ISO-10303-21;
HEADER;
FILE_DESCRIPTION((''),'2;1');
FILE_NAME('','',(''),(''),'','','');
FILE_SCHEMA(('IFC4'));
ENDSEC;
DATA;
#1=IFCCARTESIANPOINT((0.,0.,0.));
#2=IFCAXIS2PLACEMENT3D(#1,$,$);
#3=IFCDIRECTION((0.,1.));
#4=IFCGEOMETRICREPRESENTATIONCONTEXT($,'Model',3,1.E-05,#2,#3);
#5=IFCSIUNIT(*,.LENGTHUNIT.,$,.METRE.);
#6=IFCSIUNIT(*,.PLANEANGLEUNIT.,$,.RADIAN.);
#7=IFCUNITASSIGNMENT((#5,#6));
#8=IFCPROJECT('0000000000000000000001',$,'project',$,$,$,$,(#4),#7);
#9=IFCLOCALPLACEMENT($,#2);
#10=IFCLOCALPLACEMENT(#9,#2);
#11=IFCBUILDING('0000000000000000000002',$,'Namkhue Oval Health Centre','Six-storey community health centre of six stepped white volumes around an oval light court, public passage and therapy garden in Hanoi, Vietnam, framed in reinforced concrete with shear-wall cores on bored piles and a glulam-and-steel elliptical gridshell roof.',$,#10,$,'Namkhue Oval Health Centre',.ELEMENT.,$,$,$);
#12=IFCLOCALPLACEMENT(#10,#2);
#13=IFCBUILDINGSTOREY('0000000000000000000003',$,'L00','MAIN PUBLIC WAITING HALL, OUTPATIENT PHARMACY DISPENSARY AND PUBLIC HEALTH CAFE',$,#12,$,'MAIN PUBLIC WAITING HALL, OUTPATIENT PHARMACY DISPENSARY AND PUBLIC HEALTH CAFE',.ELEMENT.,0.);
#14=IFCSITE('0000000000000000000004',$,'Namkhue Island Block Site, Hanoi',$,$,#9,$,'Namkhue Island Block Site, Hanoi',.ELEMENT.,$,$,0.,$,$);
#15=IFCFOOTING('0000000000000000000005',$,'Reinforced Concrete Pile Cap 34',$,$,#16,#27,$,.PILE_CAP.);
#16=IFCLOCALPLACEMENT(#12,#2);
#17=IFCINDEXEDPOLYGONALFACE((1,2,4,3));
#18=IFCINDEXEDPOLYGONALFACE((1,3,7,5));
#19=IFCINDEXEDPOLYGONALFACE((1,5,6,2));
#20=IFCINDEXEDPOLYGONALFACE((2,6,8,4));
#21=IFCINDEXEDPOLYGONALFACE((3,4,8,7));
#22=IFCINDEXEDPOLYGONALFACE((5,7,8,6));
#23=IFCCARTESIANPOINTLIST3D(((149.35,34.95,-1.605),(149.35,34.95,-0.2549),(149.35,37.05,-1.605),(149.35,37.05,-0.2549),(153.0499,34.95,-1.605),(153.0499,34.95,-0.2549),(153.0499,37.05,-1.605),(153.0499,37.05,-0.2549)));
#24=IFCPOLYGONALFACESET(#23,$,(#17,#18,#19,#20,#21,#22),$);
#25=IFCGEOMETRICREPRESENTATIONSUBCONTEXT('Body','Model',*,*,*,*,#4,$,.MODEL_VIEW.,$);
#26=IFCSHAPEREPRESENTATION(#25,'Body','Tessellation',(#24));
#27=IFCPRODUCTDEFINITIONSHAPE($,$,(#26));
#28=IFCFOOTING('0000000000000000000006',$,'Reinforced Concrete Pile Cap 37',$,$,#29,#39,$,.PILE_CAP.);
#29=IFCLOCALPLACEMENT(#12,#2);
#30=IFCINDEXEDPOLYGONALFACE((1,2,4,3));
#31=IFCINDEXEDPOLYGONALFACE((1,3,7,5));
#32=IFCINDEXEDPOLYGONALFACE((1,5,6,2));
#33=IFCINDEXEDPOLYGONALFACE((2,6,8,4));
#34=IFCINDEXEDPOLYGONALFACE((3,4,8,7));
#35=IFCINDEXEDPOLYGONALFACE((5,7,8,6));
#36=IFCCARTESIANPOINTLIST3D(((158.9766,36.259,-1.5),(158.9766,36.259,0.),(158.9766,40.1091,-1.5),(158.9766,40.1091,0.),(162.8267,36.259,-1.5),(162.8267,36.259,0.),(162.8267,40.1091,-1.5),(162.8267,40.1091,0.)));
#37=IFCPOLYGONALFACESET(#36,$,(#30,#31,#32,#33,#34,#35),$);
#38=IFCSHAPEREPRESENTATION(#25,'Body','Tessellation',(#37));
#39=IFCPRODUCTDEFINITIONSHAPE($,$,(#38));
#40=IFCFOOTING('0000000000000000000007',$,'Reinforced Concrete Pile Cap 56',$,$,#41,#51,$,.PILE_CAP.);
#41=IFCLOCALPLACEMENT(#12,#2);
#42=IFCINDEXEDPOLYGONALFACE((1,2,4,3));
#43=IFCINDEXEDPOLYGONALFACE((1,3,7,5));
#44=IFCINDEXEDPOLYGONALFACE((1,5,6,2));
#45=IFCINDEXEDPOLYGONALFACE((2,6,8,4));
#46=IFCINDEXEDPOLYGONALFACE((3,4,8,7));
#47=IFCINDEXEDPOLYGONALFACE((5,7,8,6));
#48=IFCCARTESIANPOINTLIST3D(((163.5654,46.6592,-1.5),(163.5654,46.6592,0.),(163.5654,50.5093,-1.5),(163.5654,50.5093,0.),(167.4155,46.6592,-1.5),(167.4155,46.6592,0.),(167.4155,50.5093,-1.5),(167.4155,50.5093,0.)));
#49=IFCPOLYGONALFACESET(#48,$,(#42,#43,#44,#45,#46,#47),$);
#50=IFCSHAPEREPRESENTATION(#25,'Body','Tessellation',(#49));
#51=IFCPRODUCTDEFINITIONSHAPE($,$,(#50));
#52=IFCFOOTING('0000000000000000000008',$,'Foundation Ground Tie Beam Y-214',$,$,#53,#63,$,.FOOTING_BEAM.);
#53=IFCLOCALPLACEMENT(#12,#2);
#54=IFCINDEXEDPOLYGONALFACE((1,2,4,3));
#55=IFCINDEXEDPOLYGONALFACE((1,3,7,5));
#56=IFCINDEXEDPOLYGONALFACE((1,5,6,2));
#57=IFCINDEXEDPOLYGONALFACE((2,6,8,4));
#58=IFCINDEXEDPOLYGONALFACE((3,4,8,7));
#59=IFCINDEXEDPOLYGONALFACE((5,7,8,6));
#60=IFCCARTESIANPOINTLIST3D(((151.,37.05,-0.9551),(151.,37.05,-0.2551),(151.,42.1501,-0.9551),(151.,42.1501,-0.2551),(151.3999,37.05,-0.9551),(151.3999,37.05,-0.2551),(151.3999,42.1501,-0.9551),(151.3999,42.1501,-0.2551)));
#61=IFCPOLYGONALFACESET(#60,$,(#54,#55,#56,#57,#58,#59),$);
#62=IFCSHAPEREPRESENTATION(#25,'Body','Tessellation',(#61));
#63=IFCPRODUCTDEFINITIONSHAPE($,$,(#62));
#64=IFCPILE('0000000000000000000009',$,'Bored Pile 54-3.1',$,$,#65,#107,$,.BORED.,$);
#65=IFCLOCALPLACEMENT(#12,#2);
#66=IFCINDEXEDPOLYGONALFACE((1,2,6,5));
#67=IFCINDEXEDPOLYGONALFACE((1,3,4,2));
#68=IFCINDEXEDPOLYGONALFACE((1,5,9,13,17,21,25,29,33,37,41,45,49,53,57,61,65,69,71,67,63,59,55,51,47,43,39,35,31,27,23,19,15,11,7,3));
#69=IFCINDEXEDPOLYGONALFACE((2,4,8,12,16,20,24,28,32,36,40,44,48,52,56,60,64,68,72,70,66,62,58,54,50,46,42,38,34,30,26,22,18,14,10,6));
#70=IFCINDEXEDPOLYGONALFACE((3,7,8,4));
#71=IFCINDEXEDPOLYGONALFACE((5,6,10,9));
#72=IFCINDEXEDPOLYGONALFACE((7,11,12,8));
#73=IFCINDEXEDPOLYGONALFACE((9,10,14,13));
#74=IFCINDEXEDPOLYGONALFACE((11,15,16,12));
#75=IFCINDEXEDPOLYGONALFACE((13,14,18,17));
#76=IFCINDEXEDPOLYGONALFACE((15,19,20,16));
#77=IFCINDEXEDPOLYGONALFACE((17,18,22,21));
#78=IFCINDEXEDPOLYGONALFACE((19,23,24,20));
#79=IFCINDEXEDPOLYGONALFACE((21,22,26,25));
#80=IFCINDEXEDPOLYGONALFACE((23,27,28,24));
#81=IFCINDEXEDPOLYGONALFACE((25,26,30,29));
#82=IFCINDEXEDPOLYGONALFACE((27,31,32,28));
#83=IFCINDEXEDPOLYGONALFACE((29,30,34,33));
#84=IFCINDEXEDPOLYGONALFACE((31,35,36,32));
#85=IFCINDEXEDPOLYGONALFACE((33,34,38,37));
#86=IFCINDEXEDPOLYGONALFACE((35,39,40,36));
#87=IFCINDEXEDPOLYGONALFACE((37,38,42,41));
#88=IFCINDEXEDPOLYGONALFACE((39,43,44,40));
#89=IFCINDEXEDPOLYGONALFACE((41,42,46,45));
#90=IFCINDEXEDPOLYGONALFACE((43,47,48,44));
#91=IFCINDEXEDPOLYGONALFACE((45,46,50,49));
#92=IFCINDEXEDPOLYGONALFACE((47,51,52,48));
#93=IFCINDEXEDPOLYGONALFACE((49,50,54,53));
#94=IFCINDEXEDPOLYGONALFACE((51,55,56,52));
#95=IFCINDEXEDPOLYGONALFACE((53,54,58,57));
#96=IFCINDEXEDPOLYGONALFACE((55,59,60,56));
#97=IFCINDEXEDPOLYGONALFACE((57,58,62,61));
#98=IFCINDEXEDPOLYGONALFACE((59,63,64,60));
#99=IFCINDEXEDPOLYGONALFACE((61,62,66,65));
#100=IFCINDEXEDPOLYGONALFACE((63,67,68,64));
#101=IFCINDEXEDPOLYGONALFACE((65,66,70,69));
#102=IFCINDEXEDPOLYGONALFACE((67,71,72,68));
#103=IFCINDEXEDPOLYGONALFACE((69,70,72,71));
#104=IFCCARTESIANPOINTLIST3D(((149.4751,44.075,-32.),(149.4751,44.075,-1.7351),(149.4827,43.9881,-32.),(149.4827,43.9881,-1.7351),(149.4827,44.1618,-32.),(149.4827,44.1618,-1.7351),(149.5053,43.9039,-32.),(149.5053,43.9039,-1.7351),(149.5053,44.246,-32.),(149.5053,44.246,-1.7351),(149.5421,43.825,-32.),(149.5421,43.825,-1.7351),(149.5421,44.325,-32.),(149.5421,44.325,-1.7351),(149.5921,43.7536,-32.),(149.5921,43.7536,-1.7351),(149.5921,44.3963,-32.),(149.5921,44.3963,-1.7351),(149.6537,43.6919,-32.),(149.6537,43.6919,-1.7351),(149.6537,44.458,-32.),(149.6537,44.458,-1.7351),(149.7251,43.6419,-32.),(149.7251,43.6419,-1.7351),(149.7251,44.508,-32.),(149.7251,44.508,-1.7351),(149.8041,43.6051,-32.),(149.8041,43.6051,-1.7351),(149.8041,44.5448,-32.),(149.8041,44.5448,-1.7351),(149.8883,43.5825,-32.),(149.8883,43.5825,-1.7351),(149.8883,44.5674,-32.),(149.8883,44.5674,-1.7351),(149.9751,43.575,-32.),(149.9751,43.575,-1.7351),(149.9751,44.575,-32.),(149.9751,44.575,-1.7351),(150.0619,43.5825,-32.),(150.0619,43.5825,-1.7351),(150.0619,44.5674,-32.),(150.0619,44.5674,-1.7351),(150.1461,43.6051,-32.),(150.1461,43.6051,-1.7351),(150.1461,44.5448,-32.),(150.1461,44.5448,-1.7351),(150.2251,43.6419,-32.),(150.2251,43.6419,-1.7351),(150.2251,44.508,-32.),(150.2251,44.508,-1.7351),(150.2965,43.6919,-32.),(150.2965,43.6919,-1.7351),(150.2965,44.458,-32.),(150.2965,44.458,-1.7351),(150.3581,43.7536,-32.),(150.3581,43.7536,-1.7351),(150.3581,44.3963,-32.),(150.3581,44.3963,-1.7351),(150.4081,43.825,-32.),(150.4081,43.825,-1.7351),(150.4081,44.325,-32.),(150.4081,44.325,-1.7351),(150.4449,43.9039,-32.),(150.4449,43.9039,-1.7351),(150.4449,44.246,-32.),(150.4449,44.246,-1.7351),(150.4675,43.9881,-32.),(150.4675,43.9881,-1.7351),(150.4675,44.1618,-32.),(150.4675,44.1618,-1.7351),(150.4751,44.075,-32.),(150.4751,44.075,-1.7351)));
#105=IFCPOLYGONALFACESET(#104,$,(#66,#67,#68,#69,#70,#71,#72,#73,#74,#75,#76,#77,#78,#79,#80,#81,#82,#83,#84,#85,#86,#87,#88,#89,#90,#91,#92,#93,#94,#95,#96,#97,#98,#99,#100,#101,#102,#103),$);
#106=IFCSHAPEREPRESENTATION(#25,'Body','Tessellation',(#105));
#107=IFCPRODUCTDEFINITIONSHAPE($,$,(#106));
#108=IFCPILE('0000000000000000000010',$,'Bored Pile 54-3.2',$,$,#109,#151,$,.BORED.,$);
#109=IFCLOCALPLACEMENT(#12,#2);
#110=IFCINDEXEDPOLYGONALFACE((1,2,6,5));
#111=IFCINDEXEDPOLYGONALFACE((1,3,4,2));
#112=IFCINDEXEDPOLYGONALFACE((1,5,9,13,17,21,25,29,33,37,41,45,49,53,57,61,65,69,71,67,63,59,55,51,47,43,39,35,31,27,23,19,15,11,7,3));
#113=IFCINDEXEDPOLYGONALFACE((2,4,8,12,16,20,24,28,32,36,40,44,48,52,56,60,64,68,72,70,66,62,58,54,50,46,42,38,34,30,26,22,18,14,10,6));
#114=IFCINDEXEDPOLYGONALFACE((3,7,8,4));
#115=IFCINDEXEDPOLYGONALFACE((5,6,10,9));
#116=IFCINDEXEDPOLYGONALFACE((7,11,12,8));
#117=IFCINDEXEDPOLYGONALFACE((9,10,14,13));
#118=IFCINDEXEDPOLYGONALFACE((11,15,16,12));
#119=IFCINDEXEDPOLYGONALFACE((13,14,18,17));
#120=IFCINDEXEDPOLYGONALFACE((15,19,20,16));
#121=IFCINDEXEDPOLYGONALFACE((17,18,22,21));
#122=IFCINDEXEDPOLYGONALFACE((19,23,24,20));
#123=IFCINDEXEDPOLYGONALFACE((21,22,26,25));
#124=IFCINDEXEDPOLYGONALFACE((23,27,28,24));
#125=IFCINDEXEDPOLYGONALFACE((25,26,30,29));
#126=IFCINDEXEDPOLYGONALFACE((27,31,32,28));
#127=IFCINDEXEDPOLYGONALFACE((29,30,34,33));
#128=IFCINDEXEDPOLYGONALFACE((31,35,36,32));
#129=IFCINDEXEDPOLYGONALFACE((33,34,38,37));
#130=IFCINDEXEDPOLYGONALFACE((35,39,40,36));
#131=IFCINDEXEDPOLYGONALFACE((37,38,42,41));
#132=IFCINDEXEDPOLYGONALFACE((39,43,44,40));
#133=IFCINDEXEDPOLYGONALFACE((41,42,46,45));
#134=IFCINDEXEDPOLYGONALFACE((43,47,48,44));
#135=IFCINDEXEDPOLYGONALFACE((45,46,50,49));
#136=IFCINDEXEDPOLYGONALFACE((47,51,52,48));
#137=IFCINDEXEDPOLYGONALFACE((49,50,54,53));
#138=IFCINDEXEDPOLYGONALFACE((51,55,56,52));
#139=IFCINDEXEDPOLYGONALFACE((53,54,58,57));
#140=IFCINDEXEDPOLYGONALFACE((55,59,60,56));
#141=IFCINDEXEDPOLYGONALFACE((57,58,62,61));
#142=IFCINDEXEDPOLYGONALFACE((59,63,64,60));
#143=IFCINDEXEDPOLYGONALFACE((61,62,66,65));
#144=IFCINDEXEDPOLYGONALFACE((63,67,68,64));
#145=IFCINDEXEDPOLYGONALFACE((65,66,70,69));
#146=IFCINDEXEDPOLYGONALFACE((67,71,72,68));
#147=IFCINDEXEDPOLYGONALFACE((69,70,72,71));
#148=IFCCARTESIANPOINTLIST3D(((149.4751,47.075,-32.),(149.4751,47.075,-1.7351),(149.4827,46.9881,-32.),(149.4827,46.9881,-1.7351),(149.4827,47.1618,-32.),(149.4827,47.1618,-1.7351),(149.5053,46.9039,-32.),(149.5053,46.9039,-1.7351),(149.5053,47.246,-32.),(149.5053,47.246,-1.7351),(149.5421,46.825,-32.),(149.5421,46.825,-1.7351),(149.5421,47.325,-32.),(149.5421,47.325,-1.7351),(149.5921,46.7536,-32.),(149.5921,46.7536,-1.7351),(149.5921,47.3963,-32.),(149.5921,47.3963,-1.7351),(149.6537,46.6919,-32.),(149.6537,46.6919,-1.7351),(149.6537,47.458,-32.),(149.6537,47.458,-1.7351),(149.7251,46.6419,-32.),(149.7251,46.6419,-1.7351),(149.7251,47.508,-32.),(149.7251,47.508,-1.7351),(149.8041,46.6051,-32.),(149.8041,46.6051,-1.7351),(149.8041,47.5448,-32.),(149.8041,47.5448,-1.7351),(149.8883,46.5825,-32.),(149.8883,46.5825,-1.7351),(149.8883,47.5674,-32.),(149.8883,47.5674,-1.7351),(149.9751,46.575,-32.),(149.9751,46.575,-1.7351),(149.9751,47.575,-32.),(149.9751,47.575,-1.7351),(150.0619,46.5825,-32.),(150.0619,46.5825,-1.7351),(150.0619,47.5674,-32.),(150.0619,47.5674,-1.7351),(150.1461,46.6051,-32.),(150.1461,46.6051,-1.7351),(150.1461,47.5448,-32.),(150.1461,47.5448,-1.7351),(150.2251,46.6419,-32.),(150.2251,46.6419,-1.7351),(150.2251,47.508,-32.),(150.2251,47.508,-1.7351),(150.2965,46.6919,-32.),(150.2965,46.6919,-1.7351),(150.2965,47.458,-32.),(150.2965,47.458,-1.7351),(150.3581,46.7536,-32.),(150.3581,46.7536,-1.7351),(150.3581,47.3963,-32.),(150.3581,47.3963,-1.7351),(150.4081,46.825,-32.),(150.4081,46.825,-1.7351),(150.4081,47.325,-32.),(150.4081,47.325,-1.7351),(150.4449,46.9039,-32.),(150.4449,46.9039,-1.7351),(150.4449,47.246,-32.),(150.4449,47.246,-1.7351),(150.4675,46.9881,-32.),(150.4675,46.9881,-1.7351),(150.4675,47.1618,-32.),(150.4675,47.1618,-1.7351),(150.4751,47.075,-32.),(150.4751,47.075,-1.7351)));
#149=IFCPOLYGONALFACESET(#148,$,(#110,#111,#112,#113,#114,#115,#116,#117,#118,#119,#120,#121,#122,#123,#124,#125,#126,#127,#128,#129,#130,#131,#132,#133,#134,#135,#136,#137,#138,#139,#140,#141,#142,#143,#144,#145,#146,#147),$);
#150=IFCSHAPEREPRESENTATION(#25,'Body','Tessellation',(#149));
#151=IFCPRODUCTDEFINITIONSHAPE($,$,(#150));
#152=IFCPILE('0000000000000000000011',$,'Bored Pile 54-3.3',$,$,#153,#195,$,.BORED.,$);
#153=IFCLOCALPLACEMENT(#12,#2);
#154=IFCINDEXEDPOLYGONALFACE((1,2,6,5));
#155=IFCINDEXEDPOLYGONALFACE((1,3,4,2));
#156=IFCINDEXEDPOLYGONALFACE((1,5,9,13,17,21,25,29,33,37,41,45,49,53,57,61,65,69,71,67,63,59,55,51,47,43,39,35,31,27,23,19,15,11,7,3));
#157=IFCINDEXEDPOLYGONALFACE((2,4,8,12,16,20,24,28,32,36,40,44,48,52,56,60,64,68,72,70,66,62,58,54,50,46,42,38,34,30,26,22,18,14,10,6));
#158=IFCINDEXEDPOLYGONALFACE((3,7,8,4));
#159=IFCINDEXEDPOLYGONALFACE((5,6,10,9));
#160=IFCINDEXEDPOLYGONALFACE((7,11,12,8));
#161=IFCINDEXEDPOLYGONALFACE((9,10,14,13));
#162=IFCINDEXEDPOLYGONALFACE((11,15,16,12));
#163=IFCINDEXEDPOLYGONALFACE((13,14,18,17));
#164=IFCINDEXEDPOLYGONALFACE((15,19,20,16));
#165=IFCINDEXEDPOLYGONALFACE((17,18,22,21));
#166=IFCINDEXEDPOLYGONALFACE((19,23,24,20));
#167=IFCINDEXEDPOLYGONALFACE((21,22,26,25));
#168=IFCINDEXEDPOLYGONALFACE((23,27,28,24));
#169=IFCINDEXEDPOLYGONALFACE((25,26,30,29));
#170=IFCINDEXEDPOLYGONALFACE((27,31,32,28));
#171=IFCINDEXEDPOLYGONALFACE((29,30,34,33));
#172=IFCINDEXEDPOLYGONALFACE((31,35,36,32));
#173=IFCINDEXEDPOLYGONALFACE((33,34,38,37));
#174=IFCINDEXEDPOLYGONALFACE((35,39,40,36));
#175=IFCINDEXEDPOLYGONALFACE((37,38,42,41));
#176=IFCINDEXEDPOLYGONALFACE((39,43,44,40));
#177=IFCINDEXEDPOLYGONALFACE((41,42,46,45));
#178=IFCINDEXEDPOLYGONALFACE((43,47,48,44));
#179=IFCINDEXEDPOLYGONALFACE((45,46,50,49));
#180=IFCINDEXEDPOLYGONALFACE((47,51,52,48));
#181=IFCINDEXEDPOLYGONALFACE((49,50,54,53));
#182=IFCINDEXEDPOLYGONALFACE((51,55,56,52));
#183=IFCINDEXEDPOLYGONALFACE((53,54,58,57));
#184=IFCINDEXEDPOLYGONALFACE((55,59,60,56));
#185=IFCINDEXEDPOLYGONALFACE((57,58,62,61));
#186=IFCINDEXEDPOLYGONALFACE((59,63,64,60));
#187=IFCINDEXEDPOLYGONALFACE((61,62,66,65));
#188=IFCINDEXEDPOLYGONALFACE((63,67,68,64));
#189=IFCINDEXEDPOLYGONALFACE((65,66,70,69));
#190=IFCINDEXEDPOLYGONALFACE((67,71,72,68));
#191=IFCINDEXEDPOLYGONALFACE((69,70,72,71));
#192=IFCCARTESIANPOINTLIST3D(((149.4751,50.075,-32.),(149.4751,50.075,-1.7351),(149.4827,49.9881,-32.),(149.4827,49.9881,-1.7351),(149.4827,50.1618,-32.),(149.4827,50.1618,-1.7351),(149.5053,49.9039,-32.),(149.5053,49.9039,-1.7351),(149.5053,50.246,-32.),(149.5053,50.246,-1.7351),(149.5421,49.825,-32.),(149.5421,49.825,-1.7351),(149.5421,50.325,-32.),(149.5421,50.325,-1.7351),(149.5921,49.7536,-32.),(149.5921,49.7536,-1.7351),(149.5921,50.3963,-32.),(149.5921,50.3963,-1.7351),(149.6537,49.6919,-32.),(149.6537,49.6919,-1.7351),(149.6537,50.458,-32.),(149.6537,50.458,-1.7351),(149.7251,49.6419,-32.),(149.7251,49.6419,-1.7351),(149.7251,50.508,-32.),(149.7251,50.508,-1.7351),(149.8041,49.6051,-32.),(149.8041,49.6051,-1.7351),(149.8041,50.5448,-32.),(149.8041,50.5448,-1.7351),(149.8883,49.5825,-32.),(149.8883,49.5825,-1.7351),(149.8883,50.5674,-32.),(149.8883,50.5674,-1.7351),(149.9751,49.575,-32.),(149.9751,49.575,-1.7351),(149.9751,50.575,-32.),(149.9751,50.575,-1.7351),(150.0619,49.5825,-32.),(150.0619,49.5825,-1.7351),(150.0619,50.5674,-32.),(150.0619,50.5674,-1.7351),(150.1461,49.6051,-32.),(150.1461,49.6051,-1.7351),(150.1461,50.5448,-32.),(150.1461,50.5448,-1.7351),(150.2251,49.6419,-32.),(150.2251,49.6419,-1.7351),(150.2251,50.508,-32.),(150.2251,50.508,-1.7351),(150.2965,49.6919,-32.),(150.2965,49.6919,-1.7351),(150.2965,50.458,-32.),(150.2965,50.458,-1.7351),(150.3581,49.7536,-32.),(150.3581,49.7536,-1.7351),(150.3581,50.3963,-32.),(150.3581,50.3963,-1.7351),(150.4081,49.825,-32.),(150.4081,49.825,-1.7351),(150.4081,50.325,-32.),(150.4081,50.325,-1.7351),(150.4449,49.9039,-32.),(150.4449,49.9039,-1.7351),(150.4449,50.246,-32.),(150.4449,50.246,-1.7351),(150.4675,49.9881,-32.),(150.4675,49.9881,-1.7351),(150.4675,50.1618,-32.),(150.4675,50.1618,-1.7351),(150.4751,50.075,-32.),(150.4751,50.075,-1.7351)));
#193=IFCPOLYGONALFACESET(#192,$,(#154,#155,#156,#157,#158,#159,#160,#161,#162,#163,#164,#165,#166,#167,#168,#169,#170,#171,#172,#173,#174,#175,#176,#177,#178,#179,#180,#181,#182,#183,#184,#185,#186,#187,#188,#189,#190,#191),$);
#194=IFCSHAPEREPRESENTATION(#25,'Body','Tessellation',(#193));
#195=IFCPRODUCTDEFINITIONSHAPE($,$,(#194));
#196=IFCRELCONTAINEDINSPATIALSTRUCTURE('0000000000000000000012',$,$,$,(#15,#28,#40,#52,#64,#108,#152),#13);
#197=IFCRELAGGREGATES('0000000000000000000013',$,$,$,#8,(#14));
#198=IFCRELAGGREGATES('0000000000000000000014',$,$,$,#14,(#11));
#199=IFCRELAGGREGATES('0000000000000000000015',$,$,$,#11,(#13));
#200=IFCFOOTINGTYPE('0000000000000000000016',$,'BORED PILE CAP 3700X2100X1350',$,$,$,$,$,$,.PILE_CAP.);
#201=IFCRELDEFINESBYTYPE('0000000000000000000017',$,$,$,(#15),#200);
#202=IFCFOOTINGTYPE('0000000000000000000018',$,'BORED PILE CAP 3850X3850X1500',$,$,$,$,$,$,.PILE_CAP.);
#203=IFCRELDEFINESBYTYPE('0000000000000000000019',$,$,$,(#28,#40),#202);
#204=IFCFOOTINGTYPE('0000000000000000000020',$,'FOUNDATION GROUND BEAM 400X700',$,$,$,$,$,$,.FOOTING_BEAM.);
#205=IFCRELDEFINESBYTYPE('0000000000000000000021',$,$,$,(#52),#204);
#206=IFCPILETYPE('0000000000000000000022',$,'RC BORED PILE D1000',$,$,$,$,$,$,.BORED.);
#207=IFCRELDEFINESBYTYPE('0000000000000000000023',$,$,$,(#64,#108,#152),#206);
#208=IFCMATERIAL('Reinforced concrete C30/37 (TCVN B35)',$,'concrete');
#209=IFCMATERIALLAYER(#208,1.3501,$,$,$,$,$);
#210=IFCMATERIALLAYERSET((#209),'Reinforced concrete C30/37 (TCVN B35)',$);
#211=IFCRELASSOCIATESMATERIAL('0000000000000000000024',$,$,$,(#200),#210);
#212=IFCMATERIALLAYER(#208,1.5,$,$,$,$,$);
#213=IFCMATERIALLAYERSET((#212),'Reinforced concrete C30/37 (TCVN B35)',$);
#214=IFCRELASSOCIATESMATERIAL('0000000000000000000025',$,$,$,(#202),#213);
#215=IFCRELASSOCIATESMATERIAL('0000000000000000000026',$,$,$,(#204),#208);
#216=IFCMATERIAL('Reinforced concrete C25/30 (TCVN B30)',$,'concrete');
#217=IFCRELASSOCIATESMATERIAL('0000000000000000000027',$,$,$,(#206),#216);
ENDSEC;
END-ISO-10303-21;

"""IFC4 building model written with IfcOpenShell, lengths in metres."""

from ifc_helpers import new_model, si_unit, direction, frame, origin, origin_2d, place, context, subcontext, project, spatial, rectangle, circle, extrude, material, layer, layer_set, material_profile, profile_set, type_object, element, save


model = new_model("IFC4")

# Units and contexts
model_context = context("Model", 3, precision=1e-05, world=origin(), true_north=direction((0.0, 1.0)))
body_context = subcontext(model_context, "Body", "Model", "MODEL_VIEW")
ifc_project = project(units=[si_unit("LENGTHUNIT", "METRE"), si_unit("PLANEANGLEUNIT", "RADIAN")], contexts=[model_context])

# Site, building, storey
site_placement = place(None, origin())
site = spatial("IfcSite", under=ifc_project, at=site_placement, Name="Namkhue Island Block Site, Hanoi", LongName="Namkhue Island Block Site, Hanoi", CompositionType="ELEMENT", RefElevation=0.0)
building_placement = place(site_placement, origin())
building = spatial("IfcBuilding", under=site, at=building_placement, Name="Namkhue Oval Health Centre", Description="Six-storey community health centre of six stepped white volumes around an oval light court, public passage and therapy garden in Hanoi, Vietnam, framed in reinforced concrete with shear-wall cores on bored piles and a glulam-and-steel elliptical gridshell roof.", LongName="Namkhue Oval Health Centre", CompositionType="ELEMENT")
storey_placement = place(building_placement, origin())
storey = spatial("IfcBuildingStorey", under=building, at=storey_placement, Name="L00", Description="MAIN PUBLIC WAITING HALL, OUTPATIENT PHARMACY DISPENSARY AND PUBLIC HEALTH CAFE", LongName="MAIN PUBLIC WAITING HALL, OUTPATIENT PHARMACY DISPENSARY AND PUBLIC HEALTH CAFE", CompositionType="ELEMENT", Elevation=0.0)

# Footings
ifc_material_1 = material(Name="Reinforced concrete C30/37 (TCVN B35)", Category="concrete")
ifc_layer_1 = layer(ifc_material_1, 1.3501)
ifc_layer_set_1 = layer_set([ifc_layer_1], Name="Reinforced concrete C30/37 (TCVN B35)")
footing_type_1 = type_object("IfcFootingType", Name="BORED PILE CAP 3700X2100X1350", PredefinedType="PILE_CAP", material=ifc_layer_set_1)
footing_1_placement = place(storey_placement, frame((151.2, 36.0, -1.605), z_axis=(0.0, 0.0, 1.0), x_axis=(1.0, 0.0, 0.0)))
element("IfcFooting", 1, at=footing_1_placement, inside=storey, type_object=footing_type_1, Name="Reinforced Concrete Pile Cap 34", PredefinedType="PILE_CAP", context=body_context, shape_type="SweptSolid", body=[
    extrude(rectangle(XDim=3.7, YDim=2.1001, at=origin_2d()), origin(), (0.0, 0.0, 1.0), 1.3501),
])
ifc_layer_2 = layer(ifc_material_1, 1.5)
ifc_layer_set_2 = layer_set([ifc_layer_2], Name="Reinforced concrete C30/37 (TCVN B35)")
footing_type_2 = type_object("IfcFootingType", Name="BORED PILE CAP 3850X3850X1500", PredefinedType="PILE_CAP", material=ifc_layer_set_2)
for number, where, z_axis, x_axis, name in (
    (2, (160.9016, 38.1841, -1.5), (0.0, 0.0, 1.0), (1.0, 0.0, 0.0), "Reinforced Concrete Pile Cap 37"),
    (3, (165.4905, 48.5842, -1.5), (0.0, 0.0, 1.0), (1.0, 0.0, 0.0), "Reinforced Concrete Pile Cap 56"),
):
    element("IfcFooting", number, at=place(storey_placement, frame(where, z_axis=z_axis, x_axis=x_axis)), inside=storey, type_object=footing_type_2, Name=name, PredefinedType="PILE_CAP", context=body_context, shape_type="SweptSolid", body=[
        extrude(rectangle(XDim=3.8501, YDim=3.8501, at=origin_2d()), origin(), (0.0, 0.0, 1.0), 1.5),
    ])
footing_type_3 = type_object("IfcFootingType", Name="FOUNDATION GROUND BEAM 400X700", PredefinedType="FOOTING_BEAM", material=ifc_material_1)
footing_2_placement = place(storey_placement, frame((151.2, 39.6001, -0.9551), z_axis=(0.0, 0.0, 1.0), x_axis=(0.0, 1.0, 0.0)))
element("IfcFooting", 4, at=footing_2_placement, inside=storey, type_object=footing_type_3, Name="Foundation Ground Tie Beam Y-214", PredefinedType="FOOTING_BEAM", context=body_context, shape_type="SweptSolid", body=[
    extrude(rectangle(XDim=5.1001, YDim=0.3999, at=origin_2d()), origin(), (0.0, 0.0, 1.0), 0.7),
])

# Piles
ifc_material_2 = material(Name="Reinforced concrete C25/30 (TCVN B30)", Category="concrete")
ifc_material_profile_1 = material_profile(ifc_material_2, circle(Radius=0.5, at=origin_2d()), Name="BORED PILE D1000")
ifc_profile_set_1 = profile_set([ifc_material_profile_1], Name="Reinforced concrete C25/30 (TCVN B30)")
pile_type_1 = type_object("IfcPileType", Name="RC BORED PILE D1000", PredefinedType="BORED", material=ifc_profile_set_1)
for number, where, z_axis, x_axis, name in (
    (5, (149.9751, 44.075, -1.7351), (0.0, 0.0, -1.0), (1.0, 0.0, 0.0), "Bored Pile 54-3.1"),
    (6, (149.9751, 47.075, -1.7351), (0.0, 0.0, -1.0), (1.0, 0.0, 0.0), "Bored Pile 54-3.2"),
    (7, (149.9751, 50.075, -1.7351), (0.0, 0.0, -1.0), (1.0, 0.0, 0.0), "Bored Pile 54-3.3"),
):
    element("IfcPile", number, at=place(storey_placement, frame(where, z_axis=z_axis, x_axis=x_axis)), inside=storey, type_object=pile_type_1, Name=name, PredefinedType="BORED", context=body_context, shape_type="SweptSolid", body=[
        extrude(circle(Radius=0.5, at=origin_2d()), origin(), (0.0, 0.0, 1.0), 30.2649),
    ])

save(model, "model.ifc")
